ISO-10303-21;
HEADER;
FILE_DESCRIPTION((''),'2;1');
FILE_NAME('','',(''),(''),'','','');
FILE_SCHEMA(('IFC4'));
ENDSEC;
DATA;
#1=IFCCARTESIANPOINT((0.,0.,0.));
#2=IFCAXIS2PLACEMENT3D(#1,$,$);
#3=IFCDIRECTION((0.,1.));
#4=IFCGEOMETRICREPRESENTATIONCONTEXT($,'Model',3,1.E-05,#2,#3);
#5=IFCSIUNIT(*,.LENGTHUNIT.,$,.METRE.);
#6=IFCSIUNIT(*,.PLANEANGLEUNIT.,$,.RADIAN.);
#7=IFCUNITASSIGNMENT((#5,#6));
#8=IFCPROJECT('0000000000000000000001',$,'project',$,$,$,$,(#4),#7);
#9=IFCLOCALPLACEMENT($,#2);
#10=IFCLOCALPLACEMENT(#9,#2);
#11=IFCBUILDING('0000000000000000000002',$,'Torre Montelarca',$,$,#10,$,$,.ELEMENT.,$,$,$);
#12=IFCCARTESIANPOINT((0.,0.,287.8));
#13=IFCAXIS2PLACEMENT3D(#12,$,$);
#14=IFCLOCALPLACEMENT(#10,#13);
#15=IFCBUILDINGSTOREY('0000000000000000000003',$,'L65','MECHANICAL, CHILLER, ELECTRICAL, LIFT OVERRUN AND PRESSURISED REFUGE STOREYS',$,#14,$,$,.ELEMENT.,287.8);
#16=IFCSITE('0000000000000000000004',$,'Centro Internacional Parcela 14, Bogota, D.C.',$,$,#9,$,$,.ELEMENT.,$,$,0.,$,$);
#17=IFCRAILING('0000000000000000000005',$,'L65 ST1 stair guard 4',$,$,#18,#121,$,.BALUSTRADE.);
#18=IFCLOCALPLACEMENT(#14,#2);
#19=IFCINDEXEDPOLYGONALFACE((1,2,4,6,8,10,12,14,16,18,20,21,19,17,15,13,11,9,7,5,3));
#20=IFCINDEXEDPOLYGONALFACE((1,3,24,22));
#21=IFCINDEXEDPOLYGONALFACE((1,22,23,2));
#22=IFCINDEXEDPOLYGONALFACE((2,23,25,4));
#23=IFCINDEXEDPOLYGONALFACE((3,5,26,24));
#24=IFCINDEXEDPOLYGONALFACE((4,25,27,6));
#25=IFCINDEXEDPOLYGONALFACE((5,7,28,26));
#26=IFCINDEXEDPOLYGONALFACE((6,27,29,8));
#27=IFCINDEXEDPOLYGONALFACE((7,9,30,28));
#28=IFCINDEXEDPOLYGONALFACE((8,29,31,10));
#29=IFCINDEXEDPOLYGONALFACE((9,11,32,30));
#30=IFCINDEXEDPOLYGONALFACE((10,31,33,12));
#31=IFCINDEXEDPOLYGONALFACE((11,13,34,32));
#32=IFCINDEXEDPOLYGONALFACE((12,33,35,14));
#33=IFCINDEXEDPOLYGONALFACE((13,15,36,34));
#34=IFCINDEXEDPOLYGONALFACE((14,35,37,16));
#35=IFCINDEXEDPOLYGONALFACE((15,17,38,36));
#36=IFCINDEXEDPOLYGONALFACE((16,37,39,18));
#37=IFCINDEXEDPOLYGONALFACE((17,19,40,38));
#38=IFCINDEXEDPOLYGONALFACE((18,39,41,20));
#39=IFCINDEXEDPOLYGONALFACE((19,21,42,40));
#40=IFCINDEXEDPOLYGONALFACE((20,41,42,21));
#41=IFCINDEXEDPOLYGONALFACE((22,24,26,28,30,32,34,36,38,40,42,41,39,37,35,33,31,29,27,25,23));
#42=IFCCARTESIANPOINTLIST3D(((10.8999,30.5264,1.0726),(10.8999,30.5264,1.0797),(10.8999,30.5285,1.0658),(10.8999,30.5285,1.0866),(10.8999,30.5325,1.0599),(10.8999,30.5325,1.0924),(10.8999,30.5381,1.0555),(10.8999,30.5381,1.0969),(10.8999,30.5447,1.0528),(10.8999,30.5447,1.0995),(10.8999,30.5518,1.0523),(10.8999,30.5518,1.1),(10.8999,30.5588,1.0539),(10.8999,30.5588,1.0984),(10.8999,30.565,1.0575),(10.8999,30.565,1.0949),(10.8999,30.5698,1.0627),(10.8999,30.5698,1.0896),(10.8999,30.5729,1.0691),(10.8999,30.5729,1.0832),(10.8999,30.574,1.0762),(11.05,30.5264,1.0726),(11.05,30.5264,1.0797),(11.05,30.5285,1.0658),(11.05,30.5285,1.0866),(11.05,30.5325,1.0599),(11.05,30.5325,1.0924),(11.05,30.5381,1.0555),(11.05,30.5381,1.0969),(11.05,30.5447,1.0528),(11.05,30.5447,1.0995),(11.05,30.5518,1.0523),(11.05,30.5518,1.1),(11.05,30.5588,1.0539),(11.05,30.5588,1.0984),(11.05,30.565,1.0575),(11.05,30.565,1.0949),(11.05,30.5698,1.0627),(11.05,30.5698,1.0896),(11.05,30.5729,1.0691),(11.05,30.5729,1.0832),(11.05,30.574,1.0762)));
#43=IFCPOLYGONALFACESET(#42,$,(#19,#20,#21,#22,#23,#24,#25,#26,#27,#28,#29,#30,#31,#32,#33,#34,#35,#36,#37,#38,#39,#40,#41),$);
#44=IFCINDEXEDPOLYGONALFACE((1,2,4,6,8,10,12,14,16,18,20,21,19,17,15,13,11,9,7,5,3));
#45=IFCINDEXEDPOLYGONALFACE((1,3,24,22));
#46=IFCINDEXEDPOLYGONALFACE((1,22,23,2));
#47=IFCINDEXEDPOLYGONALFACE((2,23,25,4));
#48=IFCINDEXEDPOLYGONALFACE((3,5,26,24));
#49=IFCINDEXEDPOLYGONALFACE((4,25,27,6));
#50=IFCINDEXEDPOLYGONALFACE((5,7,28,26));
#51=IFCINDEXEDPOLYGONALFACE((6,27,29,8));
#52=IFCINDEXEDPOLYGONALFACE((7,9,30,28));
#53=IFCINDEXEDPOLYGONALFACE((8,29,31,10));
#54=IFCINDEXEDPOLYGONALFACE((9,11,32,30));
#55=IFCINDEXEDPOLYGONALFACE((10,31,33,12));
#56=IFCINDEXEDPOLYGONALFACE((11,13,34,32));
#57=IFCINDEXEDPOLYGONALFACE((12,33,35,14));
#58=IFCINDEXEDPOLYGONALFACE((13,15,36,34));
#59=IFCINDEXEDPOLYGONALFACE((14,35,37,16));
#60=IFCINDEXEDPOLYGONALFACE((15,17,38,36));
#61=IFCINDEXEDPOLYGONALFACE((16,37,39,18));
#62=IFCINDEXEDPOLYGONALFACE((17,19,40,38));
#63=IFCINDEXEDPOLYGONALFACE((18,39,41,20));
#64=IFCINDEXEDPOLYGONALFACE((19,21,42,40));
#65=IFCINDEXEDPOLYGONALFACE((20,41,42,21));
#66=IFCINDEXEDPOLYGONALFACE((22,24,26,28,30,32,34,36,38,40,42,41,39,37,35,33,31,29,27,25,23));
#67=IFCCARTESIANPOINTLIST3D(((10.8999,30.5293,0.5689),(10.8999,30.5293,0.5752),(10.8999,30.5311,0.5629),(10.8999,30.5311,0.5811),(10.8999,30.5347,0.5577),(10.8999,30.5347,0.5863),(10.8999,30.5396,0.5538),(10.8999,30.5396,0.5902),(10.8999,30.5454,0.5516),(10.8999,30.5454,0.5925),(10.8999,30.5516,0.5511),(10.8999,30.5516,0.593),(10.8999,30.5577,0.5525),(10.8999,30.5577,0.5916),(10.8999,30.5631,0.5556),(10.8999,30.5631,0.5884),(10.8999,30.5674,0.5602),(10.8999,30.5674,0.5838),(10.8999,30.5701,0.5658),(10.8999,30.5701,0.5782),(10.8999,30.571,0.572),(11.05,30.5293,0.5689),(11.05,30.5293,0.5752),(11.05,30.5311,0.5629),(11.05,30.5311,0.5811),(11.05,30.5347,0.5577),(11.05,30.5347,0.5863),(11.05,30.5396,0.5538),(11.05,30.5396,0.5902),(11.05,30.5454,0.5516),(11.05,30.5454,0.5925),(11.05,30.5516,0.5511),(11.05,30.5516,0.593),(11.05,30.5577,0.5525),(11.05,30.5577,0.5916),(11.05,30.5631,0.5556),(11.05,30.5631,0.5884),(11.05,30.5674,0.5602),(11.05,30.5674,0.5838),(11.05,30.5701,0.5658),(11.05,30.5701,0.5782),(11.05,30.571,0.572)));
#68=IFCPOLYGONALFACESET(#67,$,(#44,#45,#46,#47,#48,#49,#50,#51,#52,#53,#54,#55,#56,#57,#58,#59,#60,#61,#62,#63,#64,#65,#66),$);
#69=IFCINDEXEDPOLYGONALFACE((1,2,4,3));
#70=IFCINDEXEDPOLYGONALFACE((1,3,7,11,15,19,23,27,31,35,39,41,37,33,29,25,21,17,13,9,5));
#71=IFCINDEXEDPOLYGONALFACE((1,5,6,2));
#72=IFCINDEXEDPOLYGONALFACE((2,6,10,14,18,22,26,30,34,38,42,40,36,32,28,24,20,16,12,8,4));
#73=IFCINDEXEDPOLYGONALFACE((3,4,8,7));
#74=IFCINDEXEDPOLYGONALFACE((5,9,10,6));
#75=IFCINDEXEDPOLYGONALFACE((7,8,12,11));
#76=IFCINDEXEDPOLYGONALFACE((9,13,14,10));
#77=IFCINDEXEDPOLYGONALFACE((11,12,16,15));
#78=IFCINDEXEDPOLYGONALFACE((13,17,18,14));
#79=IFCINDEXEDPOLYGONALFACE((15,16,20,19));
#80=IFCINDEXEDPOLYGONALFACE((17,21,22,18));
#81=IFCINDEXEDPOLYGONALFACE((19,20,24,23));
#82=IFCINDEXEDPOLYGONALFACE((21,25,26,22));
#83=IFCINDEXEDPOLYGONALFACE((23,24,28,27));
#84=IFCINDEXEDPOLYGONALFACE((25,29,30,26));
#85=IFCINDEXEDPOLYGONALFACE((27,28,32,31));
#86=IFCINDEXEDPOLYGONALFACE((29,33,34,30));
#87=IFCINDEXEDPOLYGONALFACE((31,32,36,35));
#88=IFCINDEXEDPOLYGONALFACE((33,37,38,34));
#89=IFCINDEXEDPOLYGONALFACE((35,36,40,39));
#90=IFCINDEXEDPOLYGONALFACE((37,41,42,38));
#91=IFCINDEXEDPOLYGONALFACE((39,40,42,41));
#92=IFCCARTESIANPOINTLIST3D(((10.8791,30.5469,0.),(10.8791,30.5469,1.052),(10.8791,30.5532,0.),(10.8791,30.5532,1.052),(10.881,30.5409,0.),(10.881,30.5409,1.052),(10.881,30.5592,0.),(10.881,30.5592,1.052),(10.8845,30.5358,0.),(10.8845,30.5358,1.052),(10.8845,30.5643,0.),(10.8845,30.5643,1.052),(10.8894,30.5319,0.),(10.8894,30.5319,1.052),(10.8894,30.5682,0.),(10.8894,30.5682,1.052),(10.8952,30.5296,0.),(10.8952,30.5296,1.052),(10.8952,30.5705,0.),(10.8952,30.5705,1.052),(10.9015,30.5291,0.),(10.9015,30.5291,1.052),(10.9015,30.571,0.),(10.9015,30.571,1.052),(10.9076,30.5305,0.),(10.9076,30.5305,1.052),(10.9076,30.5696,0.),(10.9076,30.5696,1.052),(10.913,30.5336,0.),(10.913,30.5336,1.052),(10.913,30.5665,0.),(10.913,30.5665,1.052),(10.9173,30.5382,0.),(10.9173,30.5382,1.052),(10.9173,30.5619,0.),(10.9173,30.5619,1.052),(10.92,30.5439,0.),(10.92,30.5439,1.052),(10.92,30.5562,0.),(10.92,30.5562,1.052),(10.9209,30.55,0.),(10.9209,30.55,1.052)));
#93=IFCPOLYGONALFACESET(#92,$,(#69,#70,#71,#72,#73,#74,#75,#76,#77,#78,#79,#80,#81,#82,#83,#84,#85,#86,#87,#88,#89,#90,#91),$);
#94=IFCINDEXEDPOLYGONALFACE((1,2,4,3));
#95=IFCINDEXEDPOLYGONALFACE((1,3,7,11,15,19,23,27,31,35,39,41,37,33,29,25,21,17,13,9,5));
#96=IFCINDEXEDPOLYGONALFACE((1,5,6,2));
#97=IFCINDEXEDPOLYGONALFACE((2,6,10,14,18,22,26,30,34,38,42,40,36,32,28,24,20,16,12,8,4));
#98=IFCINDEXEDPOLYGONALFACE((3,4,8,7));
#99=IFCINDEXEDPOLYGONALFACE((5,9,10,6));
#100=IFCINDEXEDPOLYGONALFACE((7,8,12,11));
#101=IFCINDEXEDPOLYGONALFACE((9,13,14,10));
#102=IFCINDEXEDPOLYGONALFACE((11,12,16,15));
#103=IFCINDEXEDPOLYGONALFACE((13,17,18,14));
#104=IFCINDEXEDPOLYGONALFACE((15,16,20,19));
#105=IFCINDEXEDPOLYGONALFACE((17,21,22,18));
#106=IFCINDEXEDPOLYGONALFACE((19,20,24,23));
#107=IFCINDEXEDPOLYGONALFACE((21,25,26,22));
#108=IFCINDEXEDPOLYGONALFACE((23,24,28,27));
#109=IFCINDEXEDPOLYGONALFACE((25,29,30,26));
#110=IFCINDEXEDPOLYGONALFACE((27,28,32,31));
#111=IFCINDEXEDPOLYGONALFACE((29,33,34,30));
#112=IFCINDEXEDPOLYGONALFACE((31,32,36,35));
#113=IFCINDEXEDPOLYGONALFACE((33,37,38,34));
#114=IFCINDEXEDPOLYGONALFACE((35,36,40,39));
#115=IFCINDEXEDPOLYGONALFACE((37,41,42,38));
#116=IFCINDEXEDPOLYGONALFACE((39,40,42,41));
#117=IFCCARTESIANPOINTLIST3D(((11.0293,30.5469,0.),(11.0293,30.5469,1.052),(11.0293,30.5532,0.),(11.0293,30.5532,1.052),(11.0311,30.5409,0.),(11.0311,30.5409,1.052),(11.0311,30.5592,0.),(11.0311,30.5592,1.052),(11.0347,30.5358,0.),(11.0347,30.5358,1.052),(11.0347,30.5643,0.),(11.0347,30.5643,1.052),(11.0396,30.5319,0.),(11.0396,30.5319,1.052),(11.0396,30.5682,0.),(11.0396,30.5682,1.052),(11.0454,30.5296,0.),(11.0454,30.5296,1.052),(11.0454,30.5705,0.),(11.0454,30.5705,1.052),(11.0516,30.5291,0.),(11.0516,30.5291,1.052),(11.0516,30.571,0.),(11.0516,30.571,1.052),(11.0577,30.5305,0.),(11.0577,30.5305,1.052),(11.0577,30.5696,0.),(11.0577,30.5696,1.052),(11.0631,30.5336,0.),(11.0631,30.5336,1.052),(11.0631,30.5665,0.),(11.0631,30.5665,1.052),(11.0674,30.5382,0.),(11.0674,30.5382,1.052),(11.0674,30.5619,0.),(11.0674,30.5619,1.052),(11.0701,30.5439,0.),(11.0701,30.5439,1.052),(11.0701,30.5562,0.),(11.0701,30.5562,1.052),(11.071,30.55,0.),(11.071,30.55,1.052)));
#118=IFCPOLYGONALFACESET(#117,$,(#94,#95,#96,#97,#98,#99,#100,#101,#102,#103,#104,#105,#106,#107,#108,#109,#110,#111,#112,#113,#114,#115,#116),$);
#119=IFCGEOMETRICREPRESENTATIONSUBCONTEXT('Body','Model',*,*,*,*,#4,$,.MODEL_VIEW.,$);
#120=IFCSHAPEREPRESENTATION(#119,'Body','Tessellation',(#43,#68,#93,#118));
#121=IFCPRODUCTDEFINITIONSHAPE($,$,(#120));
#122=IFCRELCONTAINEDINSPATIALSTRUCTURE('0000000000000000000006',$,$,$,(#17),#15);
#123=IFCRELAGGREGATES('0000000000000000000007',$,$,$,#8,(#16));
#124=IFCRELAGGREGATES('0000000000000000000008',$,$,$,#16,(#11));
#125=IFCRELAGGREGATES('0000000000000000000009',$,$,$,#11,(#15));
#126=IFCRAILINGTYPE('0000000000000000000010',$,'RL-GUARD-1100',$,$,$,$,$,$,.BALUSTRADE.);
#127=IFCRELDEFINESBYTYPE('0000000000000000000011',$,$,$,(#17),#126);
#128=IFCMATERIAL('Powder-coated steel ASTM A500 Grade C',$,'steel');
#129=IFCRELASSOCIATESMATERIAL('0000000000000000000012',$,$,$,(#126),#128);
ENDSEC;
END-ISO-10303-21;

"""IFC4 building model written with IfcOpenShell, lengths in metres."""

from ifc_helpers import new_model, si_unit, direction, frame, origin, origin_2d, place, context, subcontext, project, spatial, circle, extrude, material, type_object, element, save


model = new_model("IFC4")

# Units and contexts
model_context = context("Model", 3, precision=1e-05, world=origin(), true_north=direction((0.0, 1.0)))
body_context = subcontext(model_context, "Body", "Model", "MODEL_VIEW")
ifc_project = project(units=[si_unit("LENGTHUNIT", "METRE"), si_unit("PLANEANGLEUNIT", "RADIAN")], contexts=[model_context])

# Site, building, storey
site_placement = place(None, origin())
site = spatial("IfcSite", under=ifc_project, at=site_placement, Name="Centro Internacional Parcela 14, Bogota, D.C.", CompositionType="ELEMENT", RefElevation=0.0)
building_placement = place(site_placement, origin())
building = spatial("IfcBuilding", under=site, at=building_placement, Name="Torre Montelarca", CompositionType="ELEMENT")
storey_placement = place(building_placement, frame((0.0, 0.0, 287.8)))
storey = spatial("IfcBuildingStorey", under=building, at=storey_placement, Name="L65", Description="MECHANICAL, CHILLER, ELECTRICAL, LIFT OVERRUN AND PRESSURISED REFUGE STOREYS", CompositionType="ELEMENT", Elevation=287.8)

# Railing
ifc_material_1 = material(Name="Powder-coated steel ASTM A500 Grade C", Category="steel")
railing_type_1 = type_object("IfcRailingType", Name="RL-GUARD-1100", PredefinedType="BALUSTRADE", material=ifc_material_1)
railing_1_placement = place(storey_placement, frame((10.8999, 30.55, 0.0)))
element("IfcRailing", 1, at=railing_1_placement, inside=storey, type_object=railing_type_1, Name="L65 ST1 stair guard 4", PredefinedType="BALUSTRADE", context=body_context, shape_type="SweptSolid", body=[
    extrude(circle(Radius=0.0239, at=origin_2d()), frame((0.0, 0.0, 1.0762), z_axis=(1.0, 0.0, 0.0), x_axis=(0.0, 1.0, 0.0)), (0.0, 0.0, 1.0), 0.1501),
    extrude(circle(Radius=0.021, at=origin_2d()), frame((0.0, 0.0, 0.572), z_axis=(1.0, 0.0, 0.0), x_axis=(0.0, 1.0, 0.0)), (0.0, 0.0, 1.0), 0.1501),
    extrude(circle(Radius=0.021, at=origin_2d()), origin(), (0.0, 0.0, 1.0), 1.052),
    extrude(circle(Radius=0.021, at=origin_2d()), frame((0.1501, 0.0, 0.0)), (0.0, 0.0, 1.0), 1.052),
])

save(model, "model.ifc")
